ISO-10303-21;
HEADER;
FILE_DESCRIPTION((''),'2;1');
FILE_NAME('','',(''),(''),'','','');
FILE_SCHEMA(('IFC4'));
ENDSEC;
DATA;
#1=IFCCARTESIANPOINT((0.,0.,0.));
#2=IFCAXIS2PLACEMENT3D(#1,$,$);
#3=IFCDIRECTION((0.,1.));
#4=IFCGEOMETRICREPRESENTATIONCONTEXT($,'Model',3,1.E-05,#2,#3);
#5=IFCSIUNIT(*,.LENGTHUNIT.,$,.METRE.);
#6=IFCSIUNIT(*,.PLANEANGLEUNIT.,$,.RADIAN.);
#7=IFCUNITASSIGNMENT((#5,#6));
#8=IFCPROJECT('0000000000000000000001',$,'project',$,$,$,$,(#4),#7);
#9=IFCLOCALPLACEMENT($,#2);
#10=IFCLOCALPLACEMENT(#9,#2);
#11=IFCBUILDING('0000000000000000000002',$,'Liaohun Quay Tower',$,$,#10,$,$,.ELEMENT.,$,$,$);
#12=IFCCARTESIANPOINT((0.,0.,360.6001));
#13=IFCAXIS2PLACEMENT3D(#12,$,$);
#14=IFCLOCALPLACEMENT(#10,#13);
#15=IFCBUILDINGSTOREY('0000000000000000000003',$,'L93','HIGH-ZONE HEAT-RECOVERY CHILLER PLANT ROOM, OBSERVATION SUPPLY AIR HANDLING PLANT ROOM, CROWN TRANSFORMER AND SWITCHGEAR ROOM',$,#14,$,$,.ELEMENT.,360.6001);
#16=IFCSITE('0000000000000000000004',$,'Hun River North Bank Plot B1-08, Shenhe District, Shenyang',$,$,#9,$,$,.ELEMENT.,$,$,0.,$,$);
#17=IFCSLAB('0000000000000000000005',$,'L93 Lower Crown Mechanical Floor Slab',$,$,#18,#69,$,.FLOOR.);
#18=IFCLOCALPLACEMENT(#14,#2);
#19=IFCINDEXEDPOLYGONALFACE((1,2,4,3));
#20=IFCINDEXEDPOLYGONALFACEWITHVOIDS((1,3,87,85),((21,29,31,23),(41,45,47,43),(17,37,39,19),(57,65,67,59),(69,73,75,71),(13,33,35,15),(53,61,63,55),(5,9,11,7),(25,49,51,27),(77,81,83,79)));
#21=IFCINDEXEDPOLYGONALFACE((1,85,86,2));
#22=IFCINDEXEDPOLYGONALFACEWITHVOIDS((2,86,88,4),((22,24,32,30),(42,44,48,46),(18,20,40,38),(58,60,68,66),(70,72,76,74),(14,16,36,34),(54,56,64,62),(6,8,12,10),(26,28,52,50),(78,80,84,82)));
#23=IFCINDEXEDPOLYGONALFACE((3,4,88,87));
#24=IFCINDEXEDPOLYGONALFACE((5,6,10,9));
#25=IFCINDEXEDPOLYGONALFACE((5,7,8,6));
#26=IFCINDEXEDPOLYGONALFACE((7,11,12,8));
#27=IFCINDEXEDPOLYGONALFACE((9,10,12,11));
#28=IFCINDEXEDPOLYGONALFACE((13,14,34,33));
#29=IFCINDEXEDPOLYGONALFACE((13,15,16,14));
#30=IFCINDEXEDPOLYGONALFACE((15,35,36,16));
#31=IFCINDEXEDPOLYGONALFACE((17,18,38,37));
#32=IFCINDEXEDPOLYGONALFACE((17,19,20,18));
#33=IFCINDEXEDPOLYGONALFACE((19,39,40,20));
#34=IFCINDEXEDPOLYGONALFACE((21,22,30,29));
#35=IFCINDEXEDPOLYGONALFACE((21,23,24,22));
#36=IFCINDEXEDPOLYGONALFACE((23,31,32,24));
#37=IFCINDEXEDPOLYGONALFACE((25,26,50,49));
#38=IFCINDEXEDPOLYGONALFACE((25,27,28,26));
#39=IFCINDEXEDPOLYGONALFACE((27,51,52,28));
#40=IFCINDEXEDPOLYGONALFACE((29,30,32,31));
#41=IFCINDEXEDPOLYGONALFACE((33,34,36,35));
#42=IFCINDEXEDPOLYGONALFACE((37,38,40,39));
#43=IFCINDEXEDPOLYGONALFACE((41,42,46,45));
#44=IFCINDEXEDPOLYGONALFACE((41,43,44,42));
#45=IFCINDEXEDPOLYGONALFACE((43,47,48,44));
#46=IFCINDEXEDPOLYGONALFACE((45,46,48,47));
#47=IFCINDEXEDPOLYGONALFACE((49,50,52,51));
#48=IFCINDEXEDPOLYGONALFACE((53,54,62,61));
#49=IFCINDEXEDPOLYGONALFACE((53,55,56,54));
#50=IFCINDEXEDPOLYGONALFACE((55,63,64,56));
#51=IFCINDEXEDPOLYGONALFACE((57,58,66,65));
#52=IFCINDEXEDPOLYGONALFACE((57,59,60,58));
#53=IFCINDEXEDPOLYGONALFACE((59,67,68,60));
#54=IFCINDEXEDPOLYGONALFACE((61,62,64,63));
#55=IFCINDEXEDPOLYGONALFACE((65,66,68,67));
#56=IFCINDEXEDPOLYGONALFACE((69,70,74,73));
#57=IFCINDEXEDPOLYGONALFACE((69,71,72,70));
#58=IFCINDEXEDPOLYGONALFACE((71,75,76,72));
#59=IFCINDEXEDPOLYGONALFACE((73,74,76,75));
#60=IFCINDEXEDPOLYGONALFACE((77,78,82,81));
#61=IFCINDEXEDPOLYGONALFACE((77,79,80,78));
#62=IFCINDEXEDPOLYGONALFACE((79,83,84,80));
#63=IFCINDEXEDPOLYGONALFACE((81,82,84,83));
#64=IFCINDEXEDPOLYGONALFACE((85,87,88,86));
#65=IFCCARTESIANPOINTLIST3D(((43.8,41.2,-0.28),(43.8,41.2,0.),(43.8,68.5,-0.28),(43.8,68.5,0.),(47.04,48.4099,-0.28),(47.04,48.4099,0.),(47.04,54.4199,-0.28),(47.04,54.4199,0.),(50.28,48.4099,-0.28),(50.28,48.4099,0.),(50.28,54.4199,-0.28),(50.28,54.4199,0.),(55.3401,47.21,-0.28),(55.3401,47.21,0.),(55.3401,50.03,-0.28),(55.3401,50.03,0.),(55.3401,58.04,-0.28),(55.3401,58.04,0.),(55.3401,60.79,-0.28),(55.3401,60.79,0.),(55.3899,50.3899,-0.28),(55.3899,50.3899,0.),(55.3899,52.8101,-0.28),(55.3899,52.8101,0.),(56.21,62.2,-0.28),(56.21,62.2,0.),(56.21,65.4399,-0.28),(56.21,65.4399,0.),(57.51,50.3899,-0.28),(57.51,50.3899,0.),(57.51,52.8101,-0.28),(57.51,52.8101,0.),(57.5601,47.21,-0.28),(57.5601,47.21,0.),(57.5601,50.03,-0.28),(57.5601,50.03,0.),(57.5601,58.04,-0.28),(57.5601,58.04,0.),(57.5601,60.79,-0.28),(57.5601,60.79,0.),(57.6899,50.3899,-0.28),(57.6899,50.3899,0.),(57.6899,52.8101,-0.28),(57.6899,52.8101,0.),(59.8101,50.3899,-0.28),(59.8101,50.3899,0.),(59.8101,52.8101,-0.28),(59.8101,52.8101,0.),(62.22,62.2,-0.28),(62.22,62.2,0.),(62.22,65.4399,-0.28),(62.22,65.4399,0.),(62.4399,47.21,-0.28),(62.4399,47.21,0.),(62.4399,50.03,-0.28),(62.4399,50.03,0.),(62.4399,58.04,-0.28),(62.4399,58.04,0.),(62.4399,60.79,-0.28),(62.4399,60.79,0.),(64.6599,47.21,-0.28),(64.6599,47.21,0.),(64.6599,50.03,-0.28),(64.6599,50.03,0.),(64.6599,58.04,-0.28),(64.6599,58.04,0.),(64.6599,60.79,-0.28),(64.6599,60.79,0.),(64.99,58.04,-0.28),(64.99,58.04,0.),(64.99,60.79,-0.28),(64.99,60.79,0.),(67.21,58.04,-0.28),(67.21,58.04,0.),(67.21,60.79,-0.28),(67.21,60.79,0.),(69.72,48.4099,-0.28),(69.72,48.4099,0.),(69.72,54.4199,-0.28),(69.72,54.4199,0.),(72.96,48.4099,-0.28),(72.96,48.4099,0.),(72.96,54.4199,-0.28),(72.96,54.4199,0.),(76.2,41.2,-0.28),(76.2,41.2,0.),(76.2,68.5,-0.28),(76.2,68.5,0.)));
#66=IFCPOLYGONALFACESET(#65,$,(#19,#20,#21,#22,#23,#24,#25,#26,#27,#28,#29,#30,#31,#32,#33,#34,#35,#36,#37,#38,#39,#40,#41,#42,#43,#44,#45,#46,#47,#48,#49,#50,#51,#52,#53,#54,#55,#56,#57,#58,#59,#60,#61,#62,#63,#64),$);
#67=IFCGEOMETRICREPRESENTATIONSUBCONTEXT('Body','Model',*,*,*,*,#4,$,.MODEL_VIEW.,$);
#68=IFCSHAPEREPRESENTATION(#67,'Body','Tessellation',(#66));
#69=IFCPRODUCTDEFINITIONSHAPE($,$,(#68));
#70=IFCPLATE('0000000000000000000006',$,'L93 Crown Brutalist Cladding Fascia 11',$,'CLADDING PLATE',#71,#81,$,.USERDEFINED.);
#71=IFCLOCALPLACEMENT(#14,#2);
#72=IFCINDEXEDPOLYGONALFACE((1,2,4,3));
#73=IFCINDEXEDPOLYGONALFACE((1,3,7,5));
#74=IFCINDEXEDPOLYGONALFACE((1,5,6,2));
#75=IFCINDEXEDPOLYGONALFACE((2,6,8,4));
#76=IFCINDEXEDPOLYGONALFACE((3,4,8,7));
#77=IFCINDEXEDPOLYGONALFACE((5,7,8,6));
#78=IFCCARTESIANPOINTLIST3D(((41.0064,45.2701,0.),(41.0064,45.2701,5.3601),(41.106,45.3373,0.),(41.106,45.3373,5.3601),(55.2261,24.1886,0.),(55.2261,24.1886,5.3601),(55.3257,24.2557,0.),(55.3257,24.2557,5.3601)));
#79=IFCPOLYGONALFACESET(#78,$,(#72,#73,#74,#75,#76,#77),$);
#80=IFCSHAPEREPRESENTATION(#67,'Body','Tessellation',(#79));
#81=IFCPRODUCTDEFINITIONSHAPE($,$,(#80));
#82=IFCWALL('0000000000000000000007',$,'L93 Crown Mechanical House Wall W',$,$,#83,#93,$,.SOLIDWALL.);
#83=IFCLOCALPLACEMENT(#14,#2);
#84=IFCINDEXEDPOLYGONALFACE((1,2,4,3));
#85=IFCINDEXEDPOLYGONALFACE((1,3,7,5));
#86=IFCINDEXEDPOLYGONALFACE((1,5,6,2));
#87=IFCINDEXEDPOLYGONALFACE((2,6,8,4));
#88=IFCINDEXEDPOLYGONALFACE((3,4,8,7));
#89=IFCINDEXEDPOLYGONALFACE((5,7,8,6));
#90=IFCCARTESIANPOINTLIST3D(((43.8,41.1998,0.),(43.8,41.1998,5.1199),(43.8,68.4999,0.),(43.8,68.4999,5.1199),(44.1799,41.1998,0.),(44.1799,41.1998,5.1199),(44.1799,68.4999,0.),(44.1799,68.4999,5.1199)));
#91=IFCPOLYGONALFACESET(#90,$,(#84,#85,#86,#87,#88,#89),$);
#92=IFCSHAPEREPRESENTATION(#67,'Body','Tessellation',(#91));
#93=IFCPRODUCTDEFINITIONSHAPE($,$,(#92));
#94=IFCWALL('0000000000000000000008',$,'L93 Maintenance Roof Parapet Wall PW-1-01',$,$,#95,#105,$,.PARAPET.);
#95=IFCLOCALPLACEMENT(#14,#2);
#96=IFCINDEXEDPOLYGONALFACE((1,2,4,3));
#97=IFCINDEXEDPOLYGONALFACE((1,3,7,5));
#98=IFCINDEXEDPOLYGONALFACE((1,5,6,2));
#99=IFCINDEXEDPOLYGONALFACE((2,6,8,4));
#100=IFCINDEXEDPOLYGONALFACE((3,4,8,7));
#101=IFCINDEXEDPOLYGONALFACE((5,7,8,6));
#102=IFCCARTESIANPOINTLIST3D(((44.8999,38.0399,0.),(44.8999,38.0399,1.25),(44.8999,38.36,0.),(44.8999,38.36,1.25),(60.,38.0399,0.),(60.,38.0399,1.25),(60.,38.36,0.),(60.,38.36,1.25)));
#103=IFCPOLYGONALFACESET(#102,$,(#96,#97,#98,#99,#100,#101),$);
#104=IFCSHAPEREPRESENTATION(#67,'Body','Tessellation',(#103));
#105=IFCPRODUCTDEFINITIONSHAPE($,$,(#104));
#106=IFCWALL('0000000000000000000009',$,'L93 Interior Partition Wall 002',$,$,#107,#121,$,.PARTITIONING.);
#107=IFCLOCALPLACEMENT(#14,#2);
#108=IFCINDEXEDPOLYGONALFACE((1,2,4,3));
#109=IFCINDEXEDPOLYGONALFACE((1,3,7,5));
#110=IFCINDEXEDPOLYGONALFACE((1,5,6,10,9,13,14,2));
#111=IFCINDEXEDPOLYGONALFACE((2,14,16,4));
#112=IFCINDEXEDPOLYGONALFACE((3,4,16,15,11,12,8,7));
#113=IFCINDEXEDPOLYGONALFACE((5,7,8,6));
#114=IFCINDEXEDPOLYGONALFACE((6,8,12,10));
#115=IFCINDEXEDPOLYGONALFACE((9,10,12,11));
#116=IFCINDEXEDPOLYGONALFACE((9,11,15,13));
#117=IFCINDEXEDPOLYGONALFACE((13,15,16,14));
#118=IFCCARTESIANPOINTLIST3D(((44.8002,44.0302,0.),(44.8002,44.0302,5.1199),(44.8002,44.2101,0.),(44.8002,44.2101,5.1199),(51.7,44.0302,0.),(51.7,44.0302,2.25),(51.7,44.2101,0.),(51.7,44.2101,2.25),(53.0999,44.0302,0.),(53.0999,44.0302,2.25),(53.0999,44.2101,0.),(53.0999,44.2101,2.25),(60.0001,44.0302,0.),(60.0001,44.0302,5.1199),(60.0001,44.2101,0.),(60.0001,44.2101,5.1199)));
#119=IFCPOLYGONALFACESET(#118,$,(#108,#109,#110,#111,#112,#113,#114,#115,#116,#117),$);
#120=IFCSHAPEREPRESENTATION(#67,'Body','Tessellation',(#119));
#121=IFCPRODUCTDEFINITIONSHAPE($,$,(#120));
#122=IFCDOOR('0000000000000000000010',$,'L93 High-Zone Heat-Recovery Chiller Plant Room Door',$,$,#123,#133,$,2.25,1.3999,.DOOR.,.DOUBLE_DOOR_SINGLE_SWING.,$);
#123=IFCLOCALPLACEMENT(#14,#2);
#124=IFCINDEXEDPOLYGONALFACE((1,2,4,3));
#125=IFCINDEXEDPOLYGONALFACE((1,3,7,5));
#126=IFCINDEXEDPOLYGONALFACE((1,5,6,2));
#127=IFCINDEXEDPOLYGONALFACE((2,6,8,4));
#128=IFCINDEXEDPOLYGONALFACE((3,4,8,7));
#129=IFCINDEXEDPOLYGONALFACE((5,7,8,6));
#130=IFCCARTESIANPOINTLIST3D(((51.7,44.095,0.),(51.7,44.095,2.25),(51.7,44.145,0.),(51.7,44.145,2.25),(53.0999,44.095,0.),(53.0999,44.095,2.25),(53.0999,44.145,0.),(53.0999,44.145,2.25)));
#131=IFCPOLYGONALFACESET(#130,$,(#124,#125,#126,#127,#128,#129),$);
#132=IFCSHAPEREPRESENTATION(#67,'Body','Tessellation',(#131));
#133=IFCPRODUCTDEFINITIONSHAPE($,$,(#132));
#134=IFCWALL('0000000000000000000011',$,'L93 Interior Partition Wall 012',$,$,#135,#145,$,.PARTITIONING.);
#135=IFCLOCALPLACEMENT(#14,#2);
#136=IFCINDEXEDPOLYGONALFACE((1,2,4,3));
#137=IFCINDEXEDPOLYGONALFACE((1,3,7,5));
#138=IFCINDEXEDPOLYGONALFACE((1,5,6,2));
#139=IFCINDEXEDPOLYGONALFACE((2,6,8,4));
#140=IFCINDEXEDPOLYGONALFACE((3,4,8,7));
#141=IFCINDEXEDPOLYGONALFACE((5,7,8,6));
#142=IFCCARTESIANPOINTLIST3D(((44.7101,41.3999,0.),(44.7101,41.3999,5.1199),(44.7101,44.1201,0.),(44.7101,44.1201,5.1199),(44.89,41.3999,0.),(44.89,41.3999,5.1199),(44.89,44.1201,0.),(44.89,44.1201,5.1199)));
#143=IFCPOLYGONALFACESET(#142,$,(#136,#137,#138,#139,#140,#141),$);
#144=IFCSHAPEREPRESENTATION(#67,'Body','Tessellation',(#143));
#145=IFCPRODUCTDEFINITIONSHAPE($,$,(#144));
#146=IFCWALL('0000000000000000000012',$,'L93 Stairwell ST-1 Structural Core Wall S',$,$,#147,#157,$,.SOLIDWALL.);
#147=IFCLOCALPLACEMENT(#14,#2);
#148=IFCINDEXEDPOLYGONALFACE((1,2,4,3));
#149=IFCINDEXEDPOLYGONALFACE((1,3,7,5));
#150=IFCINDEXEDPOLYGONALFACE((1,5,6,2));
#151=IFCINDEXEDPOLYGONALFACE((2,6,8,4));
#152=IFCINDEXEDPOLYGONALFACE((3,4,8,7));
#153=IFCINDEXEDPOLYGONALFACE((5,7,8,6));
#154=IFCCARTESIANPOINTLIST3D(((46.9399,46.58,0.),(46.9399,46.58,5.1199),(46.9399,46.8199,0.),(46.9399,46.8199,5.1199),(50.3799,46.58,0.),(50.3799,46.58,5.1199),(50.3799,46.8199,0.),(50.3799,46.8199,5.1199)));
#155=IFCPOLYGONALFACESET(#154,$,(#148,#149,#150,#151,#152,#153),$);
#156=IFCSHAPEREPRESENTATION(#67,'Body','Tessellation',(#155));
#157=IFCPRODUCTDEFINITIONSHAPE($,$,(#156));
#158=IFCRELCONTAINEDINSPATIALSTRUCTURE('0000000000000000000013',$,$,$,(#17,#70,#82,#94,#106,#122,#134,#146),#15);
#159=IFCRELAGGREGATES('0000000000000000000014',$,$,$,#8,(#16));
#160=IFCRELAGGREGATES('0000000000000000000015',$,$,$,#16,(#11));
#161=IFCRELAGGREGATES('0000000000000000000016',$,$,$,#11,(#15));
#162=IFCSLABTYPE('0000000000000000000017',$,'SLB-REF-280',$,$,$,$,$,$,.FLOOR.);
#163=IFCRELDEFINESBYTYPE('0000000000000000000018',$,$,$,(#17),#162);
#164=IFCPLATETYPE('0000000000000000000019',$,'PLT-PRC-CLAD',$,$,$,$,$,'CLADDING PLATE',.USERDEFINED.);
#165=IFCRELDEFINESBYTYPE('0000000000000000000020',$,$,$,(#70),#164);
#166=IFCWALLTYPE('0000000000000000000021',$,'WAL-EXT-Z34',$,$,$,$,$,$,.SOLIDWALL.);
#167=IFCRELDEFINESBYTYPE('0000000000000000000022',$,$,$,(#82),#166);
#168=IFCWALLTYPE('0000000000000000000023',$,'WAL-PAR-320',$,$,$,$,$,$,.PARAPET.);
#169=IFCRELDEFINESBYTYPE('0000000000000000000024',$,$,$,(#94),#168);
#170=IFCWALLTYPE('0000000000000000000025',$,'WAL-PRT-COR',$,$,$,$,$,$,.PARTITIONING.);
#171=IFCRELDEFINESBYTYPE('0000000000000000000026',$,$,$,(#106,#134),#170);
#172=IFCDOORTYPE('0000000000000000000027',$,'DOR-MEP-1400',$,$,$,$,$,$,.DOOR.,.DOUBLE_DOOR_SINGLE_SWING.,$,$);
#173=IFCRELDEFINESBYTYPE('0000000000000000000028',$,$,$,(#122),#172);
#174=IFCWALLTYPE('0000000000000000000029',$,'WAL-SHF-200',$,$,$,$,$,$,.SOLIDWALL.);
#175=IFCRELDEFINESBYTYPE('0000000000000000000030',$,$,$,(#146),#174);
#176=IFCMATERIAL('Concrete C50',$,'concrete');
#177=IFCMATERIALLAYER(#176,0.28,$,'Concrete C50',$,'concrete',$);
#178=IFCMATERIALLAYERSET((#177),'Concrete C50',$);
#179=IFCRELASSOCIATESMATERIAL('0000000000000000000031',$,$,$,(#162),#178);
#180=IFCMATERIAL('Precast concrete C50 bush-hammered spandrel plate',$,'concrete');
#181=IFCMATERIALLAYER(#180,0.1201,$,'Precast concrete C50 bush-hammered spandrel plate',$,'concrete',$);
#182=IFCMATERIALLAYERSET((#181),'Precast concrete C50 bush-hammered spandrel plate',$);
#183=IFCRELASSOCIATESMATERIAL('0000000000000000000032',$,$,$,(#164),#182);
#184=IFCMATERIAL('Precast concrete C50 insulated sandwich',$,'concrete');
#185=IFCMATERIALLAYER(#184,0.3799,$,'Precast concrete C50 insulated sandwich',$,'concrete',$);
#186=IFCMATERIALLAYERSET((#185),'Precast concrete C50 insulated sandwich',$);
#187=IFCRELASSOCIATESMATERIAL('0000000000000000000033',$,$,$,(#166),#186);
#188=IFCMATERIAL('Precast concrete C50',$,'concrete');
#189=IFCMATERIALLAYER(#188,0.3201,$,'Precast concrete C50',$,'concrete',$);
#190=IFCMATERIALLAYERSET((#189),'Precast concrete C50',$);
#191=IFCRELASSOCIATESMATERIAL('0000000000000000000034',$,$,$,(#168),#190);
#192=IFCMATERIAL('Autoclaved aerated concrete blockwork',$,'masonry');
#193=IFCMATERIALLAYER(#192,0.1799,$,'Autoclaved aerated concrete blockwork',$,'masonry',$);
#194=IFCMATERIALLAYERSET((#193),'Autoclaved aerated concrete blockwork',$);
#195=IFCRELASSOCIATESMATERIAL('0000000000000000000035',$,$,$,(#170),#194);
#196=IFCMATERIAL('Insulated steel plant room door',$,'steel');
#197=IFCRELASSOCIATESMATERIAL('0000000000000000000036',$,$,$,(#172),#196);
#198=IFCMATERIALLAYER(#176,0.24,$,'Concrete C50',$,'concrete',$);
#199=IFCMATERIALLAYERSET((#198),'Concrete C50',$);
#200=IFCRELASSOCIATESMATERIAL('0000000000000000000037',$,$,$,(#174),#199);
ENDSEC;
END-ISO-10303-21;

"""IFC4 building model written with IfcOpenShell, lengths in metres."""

from ifc_helpers import new_model, si_unit, direction, frame, frame_2d, origin, origin_2d, place, context, subcontext, project, spatial, polyline, rectangle, outline, extrude, source, transform, mapped, material, layer, layer_set, type_object, element, fill, save


model = new_model("IFC4")

# Units and contexts
model_context = context("Model", 3, precision=1e-05, world=origin(), true_north=direction((0.0, 1.0)))
body_context = subcontext(model_context, "Body", "Model", "MODEL_VIEW")
ifc_project = project(units=[si_unit("LENGTHUNIT", "METRE"), si_unit("PLANEANGLEUNIT", "RADIAN")], contexts=[model_context])

# Site, building, storey
site_placement = place(None, origin())
site = spatial("IfcSite", under=ifc_project, at=site_placement, Name="Hun River North Bank Plot B1-08, Shenhe District, Shenyang", CompositionType="ELEMENT", RefElevation=0.0)
building_placement = place(site_placement, origin())
building = spatial("IfcBuilding", under=site, at=building_placement, Name="Liaohun Quay Tower", CompositionType="ELEMENT")
storey_placement = place(building_placement, frame((0.0, 0.0, 360.6001)))
storey = spatial("IfcBuildingStorey", under=building, at=storey_placement, Name="L93", Description="HIGH-ZONE HEAT-RECOVERY CHILLER PLANT ROOM, OBSERVATION SUPPLY AIR HANDLING PLANT ROOM, CROWN TRANSFORMER AND SWITCHGEAR ROOM", CompositionType="ELEMENT", Elevation=360.6001)

# Slab
ifc_material_1 = material(Name="Concrete C50", Category="concrete")
ifc_layer_1 = layer(ifc_material_1, 0.28, Name="Concrete C50", Category="concrete")
ifc_layer_set_1 = layer_set([ifc_layer_1], Name="Concrete C50")
slab_type_1 = type_object("IfcSlabType", Name="SLB-REF-280", PredefinedType="FLOOR", material=ifc_layer_set_1)
slab_1_placement = place(storey_placement, frame((0.0, 0.0, -0.28)))
element("IfcSlab", 1, at=slab_1_placement, inside=storey, type_object=slab_type_1, Name="L93 Lower Crown Mechanical Floor Slab", PredefinedType="FLOOR", context=body_context, shape_type="SweptSolid", body=[
    extrude(outline(polyline([(43.8, 41.2), (76.2, 41.2), (76.2, 68.5), (43.8, 68.5), (43.8, 41.2)]), holes=[polyline([(57.5601, 50.03), (55.3401, 50.03), (55.3401, 47.21), (57.5601, 47.21), (57.5601, 50.03)]), polyline([(64.6599, 50.03), (62.4399, 50.03), (62.4399, 47.21), (64.6599, 47.21), (64.6599, 50.03)]), polyline([(47.04, 54.4199), (47.04, 48.4099), (50.28, 48.4099), (50.28, 54.4199), (47.04, 54.4199)]), polyline([(72.96, 54.4199), (69.72, 54.4199), (69.72, 48.4099), (72.96, 48.4099), (72.96, 54.4199)]), polyline([(57.51, 50.3899), (57.51, 52.8101), (55.3899, 52.8101), (55.3899, 50.3899), (57.51, 50.3899)]), polyline([(59.8101, 52.8101), (57.6899, 52.8101), (57.6899, 50.3899), (59.8101, 50.3899), (59.8101, 52.8101)]), polyline([(57.5601, 60.79), (55.3401, 60.79), (55.3401, 58.04), (57.5601, 58.04), (57.5601, 60.79)]), polyline([(64.6599, 60.79), (62.4399, 60.79), (62.4399, 58.04), (64.6599, 58.04), (64.6599, 60.79)]), polyline([(67.21, 58.04), (67.21, 60.79), (64.99, 60.79), (64.99, 58.04), (67.21, 58.04)]), polyline([(62.22, 62.2), (62.22, 65.4399), (56.21, 65.4399), (56.21, 62.2), (62.22, 62.2)])]), origin(), (0.0, 0.0, 1.0), 0.28),
])

# Plate
ifc_material_2 = material(Name="Precast concrete C50 bush-hammered spandrel plate", Category="concrete")
ifc_layer_2 = layer(ifc_material_2, 0.1201, Name="Precast concrete C50 bush-hammered spandrel plate", Category="concrete")
ifc_layer_set_2 = layer_set([ifc_layer_2], Name="Precast concrete C50 bush-hammered spandrel plate")
plate_type = type_object("IfcPlateType", Name="PLT-PRC-CLAD", ElementType="CLADDING PLATE", PredefinedType="USERDEFINED", material=ifc_layer_set_2)
shared_shape_1 = source(origin(), body_context, "Body", "SweptSolid", [
    extrude(rectangle(XDim=25.429, YDim=0.1201, at=origin_2d()), origin(), (0.0, 0.0, 1.0), 5.3601),
])
plate_placement = place(storey_placement, frame((48.166, 34.7629, 0.0), z_axis=(0.0, 0.0, 1.0), x_axis=(0.559193, -0.829038, 0.0)))
element("IfcPlate", 2, at=plate_placement, inside=storey, type_object=plate_type, Name="L93 Crown Brutalist Cladding Fascia 11", ObjectType="CLADDING PLATE", PredefinedType="USERDEFINED", context=body_context, shape_type="MappedRepresentation", body=[
    mapped(shared_shape_1, transform((0.0, 0.0, 0.0), x_axis=(1.0, 0.0, 0.0), y_axis=(0.0, 1.0, 0.0), z_axis=(0.0, 0.0, 1.0), scale=1.0)),
])

# Walls
ifc_material_3 = material(Name="Precast concrete C50 insulated sandwich", Category="concrete")
ifc_layer_3 = layer(ifc_material_3, 0.3799, Name="Precast concrete C50 insulated sandwich", Category="concrete")
ifc_layer_set_3 = layer_set([ifc_layer_3], Name="Precast concrete C50 insulated sandwich")
wall_type_1 = type_object("IfcWallType", Name="WAL-EXT-Z34", PredefinedType="SOLIDWALL", material=ifc_layer_set_3)
wall_1_placement = place(storey_placement, frame((43.99, 41.2, 0.0), z_axis=(0.0, 0.0, 1.0), x_axis=(0.0, 1.0, 0.0)))
element("IfcWall", 3, at=wall_1_placement, inside=storey, type_object=wall_type_1, Name="L93 Crown Mechanical House Wall W", PredefinedType="SOLIDWALL", context=body_context, shape_type="SweptSolid", body=[
    extrude(rectangle(XDim=27.3, YDim=0.3799, at=frame_2d((13.6499, 0.0))), origin(), (0.0, 0.0, 1.0), 5.1199),
])
ifc_material_4 = material(Name="Precast concrete C50", Category="concrete")
ifc_layer_4 = layer(ifc_material_4, 0.3201, Name="Precast concrete C50", Category="concrete")
ifc_layer_set_4 = layer_set([ifc_layer_4], Name="Precast concrete C50")
wall_type_2 = type_object("IfcWallType", Name="WAL-PAR-320", PredefinedType="PARAPET", material=ifc_layer_set_4)
wall_2_placement = place(storey_placement, frame((44.8999, 38.2, 0.0), z_axis=(0.0, 0.0, 1.0), x_axis=(1.0, 0.0, 0.0)))
element("IfcWall", 4, at=wall_2_placement, inside=storey, type_object=wall_type_2, Name="L93 Maintenance Roof Parapet Wall PW-1-01", PredefinedType="PARAPET", context=body_context, shape_type="SweptSolid", body=[
    extrude(rectangle(XDim=15.1001, YDim=0.3201, at=frame_2d((7.55, 0.0))), origin(), (0.0, 0.0, 1.0), 1.25),
])

# Wall, opening, door
ifc_material_5 = material(Name="Autoclaved aerated concrete blockwork", Category="masonry")
ifc_layer_5 = layer(ifc_material_5, 0.1799, Name="Autoclaved aerated concrete blockwork", Category="masonry")
ifc_layer_set_5 = layer_set([ifc_layer_5], Name="Autoclaved aerated concrete blockwork")
wall_type_3 = type_object("IfcWallType", Name="WAL-PRT-COR", PredefinedType="PARTITIONING", material=ifc_layer_set_5)
wall_3_placement = place(storey_placement, frame((44.8, 44.1201, 0.0), z_axis=(0.0, 0.0, 1.0), x_axis=(1.0, 0.0, 0.0)))
wall_3 = element("IfcWall", 5, at=wall_3_placement, inside=storey, type_object=wall_type_3, Name="L93 Interior Partition Wall 002", PredefinedType="PARTITIONING", context=body_context, shape_type="SweptSolid", body=[
    extrude(rectangle(XDim=15.2, YDim=0.1799, at=frame_2d((7.6001, 0.0))), origin(), (0.0, 0.0, 1.0), 5.1199),
])
shared_shape_2 = source(origin(), body_context, "Body", "SweptSolid", [
    extrude(rectangle(XDim=1.3999, YDim=2.25, at=frame_2d((0.7, 1.125))), frame((0.0, 0.0999, 0.0), z_axis=(0.0, -1.0, 0.0), x_axis=(1.0, 0.0, 0.0)), (0.0, 0.0, 1.0), 0.2),
])
opening_1_placement = place(wall_3_placement, frame((6.8999, 0.0, 0.0)))
opening_1 = element("IfcOpeningElement", 6, at=opening_1_placement, cuts=wall_3, PredefinedType="OPENING", context=body_context, shape_type="MappedRepresentation", body=[
    mapped(shared_shape_2, transform((0.0, 0.0, 0.0), x_axis=(1.0, 0.0, 0.0), y_axis=(0.0, 1.0, 0.0), z_axis=(0.0, 0.0, 1.0), scale=1.0)),
])
ifc_material_6 = material(Name="Insulated steel plant room door", Category="steel")
door_type_1 = type_object("IfcDoorType", Name="DOR-MEP-1400", OperationType="DOUBLE_DOOR_SINGLE_SWING", PredefinedType="DOOR", material=ifc_material_6)
shared_shape_3 = source(origin(), body_context, "Body", "SweptSolid", [
    extrude(rectangle(XDim=1.3999, YDim=2.25, at=frame_2d((0.7, 1.125))), frame((0.0, 0.0249, 0.0), z_axis=(0.0, -1.0, 0.0), x_axis=(1.0, 0.0, 0.0)), (0.0, 0.0, 1.0), 0.05),
])
door_1_placement = place(opening_1_placement, origin())
door_1 = element("IfcDoor", 7, at=door_1_placement, inside=storey, type_object=door_type_1, Name="L93 High-Zone Heat-Recovery Chiller Plant Room Door", OperationType="DOUBLE_DOOR_SINGLE_SWING", OverallHeight=2.25, OverallWidth=1.3999, PredefinedType="DOOR", context=body_context, shape_type="MappedRepresentation", body=[
    mapped(shared_shape_3, transform((0.0, 0.0, 0.0), x_axis=(1.0, 0.0, 0.0), y_axis=(0.0, 1.0, 0.0), z_axis=(0.0, 0.0, 1.0), scale=1.0)),
])
fill(opening_1, door_1)

# Walls
wall_4_placement = place(storey_placement, frame((44.8, 41.3999, 0.0), z_axis=(0.0, 0.0, 1.0), x_axis=(0.0, 1.0, 0.0)))
element("IfcWall", 8, at=wall_4_placement, inside=storey, type_object=wall_type_3, Name="L93 Interior Partition Wall 012", PredefinedType="PARTITIONING", context=body_context, shape_type="SweptSolid", body=[
    extrude(rectangle(XDim=2.7202, YDim=0.1799, at=frame_2d((1.3601, 0.0))), origin(), (0.0, 0.0, 1.0), 5.1199),
])
ifc_layer_6 = layer(ifc_material_1, 0.24, Name="Concrete C50", Category="concrete")
ifc_layer_set_6 = layer_set([ifc_layer_6], Name="Concrete C50")
wall_type_4 = type_object("IfcWallType", Name="WAL-SHF-200", PredefinedType="SOLIDWALL", material=ifc_layer_set_6)
wall_5_placement = place(storey_placement, frame((46.9399, 46.7, 0.0), z_axis=(0.0, 0.0, 1.0), x_axis=(1.0, 0.0, 0.0)))
element("IfcWall", 9, at=wall_5_placement, inside=storey, type_object=wall_type_4, Name="L93 Stairwell ST-1 Structural Core Wall S", PredefinedType="SOLIDWALL", context=body_context, shape_type="SweptSolid", body=[
    extrude(rectangle(XDim=3.4399, YDim=0.24, at=frame_2d((1.72, 0.0))), origin(), (0.0, 0.0, 1.0), 5.1199),
])

save(model, "model.ifc")
